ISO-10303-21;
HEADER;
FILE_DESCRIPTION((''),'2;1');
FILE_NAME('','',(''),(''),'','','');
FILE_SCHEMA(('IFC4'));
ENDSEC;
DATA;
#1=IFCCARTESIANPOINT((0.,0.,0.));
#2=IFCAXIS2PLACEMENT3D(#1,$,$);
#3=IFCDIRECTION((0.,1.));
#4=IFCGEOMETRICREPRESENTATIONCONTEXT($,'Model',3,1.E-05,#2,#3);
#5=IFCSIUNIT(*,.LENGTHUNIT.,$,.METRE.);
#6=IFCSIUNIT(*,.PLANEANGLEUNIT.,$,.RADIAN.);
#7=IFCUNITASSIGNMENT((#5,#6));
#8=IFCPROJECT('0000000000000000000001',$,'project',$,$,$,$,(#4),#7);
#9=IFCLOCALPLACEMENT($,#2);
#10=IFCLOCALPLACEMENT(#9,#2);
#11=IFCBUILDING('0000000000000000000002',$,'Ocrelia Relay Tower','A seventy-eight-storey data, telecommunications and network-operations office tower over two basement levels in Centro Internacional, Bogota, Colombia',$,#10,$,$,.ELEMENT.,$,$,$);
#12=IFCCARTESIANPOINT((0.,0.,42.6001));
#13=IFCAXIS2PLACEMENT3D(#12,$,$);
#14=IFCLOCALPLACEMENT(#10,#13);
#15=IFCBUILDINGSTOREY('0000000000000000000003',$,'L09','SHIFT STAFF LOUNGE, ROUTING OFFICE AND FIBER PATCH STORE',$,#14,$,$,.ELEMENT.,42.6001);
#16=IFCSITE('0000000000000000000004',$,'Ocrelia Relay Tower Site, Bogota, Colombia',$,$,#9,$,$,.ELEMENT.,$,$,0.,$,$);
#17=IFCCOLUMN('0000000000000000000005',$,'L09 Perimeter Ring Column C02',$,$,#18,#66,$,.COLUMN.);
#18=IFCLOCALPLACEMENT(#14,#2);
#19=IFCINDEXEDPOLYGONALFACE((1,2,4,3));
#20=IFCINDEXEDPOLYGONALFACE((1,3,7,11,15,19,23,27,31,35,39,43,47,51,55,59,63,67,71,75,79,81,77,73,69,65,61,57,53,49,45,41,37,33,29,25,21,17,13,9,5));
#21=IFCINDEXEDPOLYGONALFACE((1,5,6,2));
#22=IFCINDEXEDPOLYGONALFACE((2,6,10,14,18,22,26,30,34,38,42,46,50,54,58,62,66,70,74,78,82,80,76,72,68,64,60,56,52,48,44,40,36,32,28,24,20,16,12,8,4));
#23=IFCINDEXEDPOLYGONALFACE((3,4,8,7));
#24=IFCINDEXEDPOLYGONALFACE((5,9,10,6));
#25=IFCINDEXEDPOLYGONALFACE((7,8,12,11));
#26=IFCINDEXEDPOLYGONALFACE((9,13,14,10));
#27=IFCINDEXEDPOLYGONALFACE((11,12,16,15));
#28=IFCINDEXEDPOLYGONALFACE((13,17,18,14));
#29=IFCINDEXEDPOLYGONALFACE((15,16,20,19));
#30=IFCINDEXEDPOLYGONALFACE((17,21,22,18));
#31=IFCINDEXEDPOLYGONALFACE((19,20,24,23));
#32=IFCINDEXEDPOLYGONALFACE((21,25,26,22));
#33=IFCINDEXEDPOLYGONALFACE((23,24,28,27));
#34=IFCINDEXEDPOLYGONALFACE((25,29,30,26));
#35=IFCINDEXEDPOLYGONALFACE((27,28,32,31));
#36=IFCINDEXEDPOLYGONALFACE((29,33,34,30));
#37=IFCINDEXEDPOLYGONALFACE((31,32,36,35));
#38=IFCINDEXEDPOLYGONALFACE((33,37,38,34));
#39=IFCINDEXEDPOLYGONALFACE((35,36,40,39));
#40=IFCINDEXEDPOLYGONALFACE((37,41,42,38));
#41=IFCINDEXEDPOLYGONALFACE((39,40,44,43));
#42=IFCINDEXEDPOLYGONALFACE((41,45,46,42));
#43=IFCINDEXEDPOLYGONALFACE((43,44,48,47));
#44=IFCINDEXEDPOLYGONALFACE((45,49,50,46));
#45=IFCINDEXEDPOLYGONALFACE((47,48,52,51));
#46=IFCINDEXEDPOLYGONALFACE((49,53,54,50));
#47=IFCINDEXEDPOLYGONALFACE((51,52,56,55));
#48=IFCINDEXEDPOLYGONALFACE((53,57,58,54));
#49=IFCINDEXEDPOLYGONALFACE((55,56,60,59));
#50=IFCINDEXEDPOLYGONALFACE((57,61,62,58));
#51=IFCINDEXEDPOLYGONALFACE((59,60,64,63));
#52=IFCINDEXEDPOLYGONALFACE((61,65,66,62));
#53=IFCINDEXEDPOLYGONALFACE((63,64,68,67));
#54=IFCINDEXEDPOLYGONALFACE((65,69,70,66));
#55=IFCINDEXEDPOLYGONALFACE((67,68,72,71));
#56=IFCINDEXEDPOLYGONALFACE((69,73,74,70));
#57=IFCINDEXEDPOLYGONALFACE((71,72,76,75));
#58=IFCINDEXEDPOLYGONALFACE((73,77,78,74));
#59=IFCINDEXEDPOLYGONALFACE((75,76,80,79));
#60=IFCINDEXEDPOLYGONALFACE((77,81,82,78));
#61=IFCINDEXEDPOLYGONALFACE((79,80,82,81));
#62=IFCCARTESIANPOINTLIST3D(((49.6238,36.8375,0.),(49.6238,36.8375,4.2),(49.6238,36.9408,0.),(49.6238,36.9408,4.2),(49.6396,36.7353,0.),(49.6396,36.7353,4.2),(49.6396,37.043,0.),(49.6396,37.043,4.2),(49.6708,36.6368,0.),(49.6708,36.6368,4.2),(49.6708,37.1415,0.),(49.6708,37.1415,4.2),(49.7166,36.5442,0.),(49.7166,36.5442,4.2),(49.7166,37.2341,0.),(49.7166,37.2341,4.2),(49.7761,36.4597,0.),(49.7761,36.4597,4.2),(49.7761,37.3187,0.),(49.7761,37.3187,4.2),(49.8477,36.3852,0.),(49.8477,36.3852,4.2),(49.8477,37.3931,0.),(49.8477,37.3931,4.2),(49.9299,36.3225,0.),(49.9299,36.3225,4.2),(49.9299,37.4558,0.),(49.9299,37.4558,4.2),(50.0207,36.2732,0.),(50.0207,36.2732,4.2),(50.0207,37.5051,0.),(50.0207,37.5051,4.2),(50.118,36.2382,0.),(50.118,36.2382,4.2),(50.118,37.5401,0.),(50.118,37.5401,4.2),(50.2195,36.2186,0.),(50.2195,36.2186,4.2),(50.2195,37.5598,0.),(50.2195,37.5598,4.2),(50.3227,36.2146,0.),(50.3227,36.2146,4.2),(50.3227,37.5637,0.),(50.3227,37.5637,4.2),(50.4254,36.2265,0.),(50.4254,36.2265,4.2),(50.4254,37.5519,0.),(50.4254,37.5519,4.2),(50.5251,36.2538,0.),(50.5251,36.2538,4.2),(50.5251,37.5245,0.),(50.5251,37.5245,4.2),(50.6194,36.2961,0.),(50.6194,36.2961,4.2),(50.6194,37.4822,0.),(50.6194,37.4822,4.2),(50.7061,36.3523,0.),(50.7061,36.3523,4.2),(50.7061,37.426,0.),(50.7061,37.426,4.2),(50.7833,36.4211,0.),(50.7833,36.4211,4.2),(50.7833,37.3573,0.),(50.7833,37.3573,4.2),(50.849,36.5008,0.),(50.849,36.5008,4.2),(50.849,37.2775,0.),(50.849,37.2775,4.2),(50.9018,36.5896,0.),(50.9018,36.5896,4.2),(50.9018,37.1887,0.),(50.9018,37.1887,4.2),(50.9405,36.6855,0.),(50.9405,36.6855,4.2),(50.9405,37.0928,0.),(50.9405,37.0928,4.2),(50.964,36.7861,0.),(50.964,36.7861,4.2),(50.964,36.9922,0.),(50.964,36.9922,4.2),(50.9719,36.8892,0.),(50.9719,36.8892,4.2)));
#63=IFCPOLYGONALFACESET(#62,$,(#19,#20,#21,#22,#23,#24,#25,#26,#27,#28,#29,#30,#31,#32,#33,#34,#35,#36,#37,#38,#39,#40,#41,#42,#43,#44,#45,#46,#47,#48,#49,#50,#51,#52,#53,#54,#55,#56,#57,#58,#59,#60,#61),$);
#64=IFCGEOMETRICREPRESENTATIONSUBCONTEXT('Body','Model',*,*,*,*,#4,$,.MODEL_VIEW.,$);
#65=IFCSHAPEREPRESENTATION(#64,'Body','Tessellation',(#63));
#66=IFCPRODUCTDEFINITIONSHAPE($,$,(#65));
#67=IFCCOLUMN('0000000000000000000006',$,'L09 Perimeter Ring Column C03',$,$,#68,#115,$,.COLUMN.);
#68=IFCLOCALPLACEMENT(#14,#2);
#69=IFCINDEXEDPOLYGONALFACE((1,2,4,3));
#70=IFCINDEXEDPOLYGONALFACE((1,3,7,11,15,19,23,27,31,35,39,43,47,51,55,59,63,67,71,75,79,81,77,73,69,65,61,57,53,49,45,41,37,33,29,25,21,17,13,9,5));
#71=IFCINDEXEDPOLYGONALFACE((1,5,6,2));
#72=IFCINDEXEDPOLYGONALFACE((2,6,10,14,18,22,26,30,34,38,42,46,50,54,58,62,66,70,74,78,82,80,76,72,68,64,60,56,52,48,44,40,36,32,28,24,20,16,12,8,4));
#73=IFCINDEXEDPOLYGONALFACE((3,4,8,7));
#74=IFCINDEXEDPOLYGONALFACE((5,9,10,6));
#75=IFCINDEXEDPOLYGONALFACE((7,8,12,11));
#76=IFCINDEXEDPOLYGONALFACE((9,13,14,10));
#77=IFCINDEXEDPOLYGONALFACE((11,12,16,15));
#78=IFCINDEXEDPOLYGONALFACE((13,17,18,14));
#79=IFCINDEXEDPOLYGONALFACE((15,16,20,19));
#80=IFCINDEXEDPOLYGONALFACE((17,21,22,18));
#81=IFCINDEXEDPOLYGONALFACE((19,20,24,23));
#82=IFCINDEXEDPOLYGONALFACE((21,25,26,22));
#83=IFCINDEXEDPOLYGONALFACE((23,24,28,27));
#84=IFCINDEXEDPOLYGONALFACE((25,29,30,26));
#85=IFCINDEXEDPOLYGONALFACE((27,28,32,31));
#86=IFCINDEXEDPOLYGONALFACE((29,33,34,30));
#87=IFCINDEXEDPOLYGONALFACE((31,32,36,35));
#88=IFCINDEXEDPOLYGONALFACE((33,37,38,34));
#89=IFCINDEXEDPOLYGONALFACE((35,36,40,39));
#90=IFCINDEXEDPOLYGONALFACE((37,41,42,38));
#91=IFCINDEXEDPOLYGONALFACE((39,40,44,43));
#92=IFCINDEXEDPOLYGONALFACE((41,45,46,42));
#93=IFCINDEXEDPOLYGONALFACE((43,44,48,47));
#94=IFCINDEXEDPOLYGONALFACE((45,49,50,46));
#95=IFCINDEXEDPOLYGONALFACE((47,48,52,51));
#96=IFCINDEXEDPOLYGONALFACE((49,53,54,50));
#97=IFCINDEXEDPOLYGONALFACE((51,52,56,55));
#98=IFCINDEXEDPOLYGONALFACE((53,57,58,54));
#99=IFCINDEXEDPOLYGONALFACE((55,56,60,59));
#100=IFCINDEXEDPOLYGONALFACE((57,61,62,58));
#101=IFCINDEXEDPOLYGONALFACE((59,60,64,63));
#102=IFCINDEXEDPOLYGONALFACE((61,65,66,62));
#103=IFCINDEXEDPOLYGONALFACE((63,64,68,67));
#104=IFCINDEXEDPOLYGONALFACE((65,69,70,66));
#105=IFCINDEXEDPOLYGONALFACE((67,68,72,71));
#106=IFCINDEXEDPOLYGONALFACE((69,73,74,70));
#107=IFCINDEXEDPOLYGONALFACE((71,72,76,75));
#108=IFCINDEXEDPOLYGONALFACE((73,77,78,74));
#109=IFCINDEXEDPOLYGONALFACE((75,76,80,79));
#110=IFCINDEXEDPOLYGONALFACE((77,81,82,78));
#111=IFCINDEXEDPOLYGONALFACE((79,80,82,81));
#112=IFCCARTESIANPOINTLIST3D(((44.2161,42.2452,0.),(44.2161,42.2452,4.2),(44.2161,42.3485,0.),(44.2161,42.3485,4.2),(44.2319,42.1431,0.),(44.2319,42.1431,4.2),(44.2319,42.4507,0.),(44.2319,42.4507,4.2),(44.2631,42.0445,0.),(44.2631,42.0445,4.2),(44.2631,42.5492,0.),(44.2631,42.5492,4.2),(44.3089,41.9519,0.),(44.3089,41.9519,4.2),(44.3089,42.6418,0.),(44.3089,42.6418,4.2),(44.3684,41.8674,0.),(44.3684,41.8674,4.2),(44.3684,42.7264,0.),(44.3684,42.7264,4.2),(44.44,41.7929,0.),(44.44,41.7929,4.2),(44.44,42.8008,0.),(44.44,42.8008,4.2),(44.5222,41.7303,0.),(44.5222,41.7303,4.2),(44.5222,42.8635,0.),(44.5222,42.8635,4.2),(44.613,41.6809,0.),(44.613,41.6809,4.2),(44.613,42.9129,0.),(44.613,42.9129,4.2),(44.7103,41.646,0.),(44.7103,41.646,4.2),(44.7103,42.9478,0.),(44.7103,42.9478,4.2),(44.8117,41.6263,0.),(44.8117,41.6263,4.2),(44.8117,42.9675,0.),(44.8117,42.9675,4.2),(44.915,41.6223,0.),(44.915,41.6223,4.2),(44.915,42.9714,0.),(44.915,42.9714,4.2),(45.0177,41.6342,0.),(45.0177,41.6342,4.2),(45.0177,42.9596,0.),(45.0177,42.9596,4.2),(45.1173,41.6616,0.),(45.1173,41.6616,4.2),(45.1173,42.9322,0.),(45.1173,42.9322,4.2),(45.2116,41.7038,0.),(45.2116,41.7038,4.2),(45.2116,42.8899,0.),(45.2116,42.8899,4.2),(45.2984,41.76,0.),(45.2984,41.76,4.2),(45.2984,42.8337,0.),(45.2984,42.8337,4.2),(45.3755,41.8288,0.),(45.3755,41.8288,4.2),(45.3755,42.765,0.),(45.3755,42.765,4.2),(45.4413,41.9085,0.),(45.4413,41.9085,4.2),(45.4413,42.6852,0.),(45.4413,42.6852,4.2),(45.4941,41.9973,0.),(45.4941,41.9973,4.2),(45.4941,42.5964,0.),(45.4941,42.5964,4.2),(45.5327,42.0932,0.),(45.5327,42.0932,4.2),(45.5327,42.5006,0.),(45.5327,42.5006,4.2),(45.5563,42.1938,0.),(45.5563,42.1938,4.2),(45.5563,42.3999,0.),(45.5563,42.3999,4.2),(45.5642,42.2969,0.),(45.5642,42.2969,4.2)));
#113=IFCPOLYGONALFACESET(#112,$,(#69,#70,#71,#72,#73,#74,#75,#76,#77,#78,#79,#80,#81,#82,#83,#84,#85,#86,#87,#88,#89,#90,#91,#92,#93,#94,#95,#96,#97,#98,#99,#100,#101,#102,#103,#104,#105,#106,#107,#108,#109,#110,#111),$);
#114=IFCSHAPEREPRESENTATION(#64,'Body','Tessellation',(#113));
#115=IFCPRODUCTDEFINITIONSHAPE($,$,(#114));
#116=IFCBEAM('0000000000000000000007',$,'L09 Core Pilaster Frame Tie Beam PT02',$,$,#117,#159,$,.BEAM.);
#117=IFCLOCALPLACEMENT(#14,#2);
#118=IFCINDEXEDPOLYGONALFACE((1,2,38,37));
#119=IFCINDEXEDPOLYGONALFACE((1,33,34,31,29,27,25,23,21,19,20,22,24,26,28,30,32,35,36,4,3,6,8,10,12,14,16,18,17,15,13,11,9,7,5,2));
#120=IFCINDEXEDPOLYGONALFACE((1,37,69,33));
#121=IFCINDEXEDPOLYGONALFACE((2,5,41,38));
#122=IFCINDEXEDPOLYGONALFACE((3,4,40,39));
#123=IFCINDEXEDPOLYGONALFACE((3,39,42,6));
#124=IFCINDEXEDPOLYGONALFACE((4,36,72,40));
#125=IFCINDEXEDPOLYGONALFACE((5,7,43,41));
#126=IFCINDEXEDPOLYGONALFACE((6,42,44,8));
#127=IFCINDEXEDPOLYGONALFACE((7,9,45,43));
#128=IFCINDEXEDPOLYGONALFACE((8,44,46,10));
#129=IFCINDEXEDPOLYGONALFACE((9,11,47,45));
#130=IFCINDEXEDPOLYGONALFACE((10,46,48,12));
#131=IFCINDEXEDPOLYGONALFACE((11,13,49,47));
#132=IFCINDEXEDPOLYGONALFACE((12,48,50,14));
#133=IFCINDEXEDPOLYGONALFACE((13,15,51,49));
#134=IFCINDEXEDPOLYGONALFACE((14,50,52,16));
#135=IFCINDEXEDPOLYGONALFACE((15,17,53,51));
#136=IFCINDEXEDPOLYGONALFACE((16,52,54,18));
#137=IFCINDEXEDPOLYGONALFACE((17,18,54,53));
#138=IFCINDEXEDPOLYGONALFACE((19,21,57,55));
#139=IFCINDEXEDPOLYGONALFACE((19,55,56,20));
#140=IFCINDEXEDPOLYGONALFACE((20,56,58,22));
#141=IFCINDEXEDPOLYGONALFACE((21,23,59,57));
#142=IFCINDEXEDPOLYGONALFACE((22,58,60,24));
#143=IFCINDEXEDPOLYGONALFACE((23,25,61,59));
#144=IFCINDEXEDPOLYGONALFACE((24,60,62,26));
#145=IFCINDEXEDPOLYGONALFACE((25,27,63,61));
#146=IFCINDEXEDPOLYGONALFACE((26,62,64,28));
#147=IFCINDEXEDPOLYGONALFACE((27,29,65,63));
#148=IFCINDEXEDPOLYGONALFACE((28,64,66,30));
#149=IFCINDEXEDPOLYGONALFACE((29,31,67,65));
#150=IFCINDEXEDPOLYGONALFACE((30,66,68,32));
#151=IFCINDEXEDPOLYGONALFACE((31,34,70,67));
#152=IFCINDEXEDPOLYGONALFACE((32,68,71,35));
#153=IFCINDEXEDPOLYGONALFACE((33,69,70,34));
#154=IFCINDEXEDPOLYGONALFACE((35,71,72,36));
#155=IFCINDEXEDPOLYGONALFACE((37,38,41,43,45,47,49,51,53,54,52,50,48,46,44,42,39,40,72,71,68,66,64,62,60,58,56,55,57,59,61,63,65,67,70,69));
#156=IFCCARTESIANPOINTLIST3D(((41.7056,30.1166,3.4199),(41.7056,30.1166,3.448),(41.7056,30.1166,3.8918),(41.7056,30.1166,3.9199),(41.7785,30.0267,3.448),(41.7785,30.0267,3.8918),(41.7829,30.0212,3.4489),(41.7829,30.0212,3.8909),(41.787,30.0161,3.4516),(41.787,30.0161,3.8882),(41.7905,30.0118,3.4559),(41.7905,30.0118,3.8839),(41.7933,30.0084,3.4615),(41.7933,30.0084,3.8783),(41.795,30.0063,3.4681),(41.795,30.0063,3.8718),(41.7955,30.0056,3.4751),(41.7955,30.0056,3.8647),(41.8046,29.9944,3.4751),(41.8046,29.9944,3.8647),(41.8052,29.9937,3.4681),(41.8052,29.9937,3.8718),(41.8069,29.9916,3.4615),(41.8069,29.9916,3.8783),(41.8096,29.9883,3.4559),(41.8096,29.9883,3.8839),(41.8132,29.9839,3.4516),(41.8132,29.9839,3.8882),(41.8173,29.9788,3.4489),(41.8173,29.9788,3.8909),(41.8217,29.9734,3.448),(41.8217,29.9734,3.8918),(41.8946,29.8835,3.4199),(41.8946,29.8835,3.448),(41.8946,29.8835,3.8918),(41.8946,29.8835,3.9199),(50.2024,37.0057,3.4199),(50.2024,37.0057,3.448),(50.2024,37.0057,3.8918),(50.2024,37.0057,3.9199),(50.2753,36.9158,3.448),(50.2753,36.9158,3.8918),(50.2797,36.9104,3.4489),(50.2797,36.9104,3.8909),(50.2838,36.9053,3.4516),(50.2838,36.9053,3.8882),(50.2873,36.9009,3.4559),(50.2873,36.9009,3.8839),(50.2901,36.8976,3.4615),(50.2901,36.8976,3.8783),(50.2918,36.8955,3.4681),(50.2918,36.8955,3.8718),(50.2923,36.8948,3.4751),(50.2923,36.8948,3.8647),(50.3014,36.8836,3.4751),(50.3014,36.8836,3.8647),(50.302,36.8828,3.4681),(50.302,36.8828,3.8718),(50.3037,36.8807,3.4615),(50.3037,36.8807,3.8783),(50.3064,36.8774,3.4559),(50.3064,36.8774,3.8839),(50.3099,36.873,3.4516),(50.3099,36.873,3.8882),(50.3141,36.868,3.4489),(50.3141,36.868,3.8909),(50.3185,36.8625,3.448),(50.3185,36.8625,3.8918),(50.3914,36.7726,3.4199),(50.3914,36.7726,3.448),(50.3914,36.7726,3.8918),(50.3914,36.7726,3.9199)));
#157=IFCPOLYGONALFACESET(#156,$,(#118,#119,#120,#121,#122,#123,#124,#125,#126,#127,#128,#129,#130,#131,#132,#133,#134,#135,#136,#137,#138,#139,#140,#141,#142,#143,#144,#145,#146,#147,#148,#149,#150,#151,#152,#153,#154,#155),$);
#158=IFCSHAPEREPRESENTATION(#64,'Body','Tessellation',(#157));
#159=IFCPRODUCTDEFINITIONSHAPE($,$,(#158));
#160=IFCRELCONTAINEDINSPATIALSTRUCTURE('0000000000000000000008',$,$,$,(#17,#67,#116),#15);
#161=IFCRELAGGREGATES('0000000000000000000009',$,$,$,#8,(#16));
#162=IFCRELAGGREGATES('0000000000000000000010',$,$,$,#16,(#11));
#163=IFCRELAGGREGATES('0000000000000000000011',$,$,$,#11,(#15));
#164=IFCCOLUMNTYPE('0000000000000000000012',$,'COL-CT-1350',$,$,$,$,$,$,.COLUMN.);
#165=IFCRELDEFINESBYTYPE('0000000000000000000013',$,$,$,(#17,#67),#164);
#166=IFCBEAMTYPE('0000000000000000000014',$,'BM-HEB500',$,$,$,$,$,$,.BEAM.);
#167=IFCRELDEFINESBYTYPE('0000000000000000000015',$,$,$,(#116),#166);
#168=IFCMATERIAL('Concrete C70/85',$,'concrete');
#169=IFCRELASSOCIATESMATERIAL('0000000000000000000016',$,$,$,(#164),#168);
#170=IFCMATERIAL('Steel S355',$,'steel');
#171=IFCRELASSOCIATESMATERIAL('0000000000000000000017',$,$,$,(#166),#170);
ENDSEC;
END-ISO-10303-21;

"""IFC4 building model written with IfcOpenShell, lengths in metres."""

from ifc_helpers import new_model, si_unit, direction, frame, origin, origin_2d, place, context, subcontext, project, spatial, circle, i_section, extrude, material, material_profile, profile_set, type_object, element, save


model = new_model("IFC4")

# Units and contexts
model_context = context("Model", 3, precision=1e-05, world=origin(), true_north=direction((0.0, 1.0)))
body_context = subcontext(model_context, "Body", "Model", "MODEL_VIEW")
ifc_project = project(units=[si_unit("LENGTHUNIT", "METRE"), si_unit("PLANEANGLEUNIT", "RADIAN")], contexts=[model_context])

# Site, building, storey
site_placement = place(None, origin())
site = spatial("IfcSite", under=ifc_project, at=site_placement, Name="Ocrelia Relay Tower Site, Bogota, Colombia", CompositionType="ELEMENT", RefElevation=0.0)
building_placement = place(site_placement, origin())
building = spatial("IfcBuilding", under=site, at=building_placement, Name="Ocrelia Relay Tower", Description="A seventy-eight-storey data, telecommunications and network-operations office tower over two basement levels in Centro Internacional, Bogota, Colombia", CompositionType="ELEMENT")
storey_placement = place(building_placement, frame((0.0, 0.0, 42.6001)))
storey = spatial("IfcBuildingStorey", under=building, at=storey_placement, Name="L09", Description="SHIFT STAFF LOUNGE, ROUTING OFFICE AND FIBER PATCH STORE", CompositionType="ELEMENT", Elevation=42.6001)

# Columns
ifc_material_1 = material(Name="Concrete C70/85", Category="concrete")
ifc_material_profile_1 = material_profile(ifc_material_1, circle(Radius=0.675, at=origin_2d()), Name="RC-CIR-1350")
ifc_profile_set_1 = profile_set([ifc_material_profile_1], Name="Concrete C70/85")
column_type = type_object("IfcColumnType", Name="COL-CT-1350", PredefinedType="COLUMN", material=ifc_profile_set_1)
for number, where, z_axis, x_axis, name in (
    (1, (50.2969, 36.8892, 0.0), (0.0, 0.0, 1.0), (1.0, 0.0, 0.0), "L09 Perimeter Ring Column C02"),
    (2, (44.8892, 42.2969, 0.0), (0.0, 0.0, 1.0), (1.0, 0.0, 0.0), "L09 Perimeter Ring Column C03"),
):
    element("IfcColumn", number, at=place(storey_placement, frame(where, z_axis=z_axis, x_axis=x_axis)), inside=storey, type_object=column_type, Name=name, PredefinedType="COLUMN", context=body_context, shape_type="SweptSolid", body=[
        extrude(circle(Radius=0.675, at=origin_2d()), origin(), (0.0, 0.0, 1.0), 4.2),
    ])

# Beam
ifc_material_2 = material(Name="Steel S355", Category="steel")
ifc_material_profile_2 = material_profile(ifc_material_2, i_section(OverallWidth=0.3, OverallDepth=0.5, WebThickness=0.0144, FlangeThickness=0.0281, FilletRadius=0.0271, at=origin_2d()), Name="HEB 500")
ifc_profile_set_2 = profile_set([ifc_material_profile_2], Name="Steel S355")
beam_type_1 = type_object("IfcBeamType", Name="BM-HEB500", PredefinedType="BEAM", material=ifc_profile_set_2)
beam_1_placement = place(storey_placement, frame((50.2969, 36.8892, 3.6699), z_axis=(-0.776763, -0.629793, 0.0), x_axis=(0.629793, -0.776763, 0.0)))
element("IfcBeam", 3, at=beam_1_placement, inside=storey, type_object=beam_type_1, Name="L09 Core Pilaster Frame Tie Beam PT02", PredefinedType="BEAM", context=body_context, shape_type="SweptSolid", body=[
    extrude(i_section(OverallWidth=0.3, OverallDepth=0.5, WebThickness=0.0144, FlangeThickness=0.0281, FilletRadius=0.0271, at=origin_2d()), origin(), (0.0, 0.0, 1.0), 10.9387),
])

save(model, "model.ifc")
